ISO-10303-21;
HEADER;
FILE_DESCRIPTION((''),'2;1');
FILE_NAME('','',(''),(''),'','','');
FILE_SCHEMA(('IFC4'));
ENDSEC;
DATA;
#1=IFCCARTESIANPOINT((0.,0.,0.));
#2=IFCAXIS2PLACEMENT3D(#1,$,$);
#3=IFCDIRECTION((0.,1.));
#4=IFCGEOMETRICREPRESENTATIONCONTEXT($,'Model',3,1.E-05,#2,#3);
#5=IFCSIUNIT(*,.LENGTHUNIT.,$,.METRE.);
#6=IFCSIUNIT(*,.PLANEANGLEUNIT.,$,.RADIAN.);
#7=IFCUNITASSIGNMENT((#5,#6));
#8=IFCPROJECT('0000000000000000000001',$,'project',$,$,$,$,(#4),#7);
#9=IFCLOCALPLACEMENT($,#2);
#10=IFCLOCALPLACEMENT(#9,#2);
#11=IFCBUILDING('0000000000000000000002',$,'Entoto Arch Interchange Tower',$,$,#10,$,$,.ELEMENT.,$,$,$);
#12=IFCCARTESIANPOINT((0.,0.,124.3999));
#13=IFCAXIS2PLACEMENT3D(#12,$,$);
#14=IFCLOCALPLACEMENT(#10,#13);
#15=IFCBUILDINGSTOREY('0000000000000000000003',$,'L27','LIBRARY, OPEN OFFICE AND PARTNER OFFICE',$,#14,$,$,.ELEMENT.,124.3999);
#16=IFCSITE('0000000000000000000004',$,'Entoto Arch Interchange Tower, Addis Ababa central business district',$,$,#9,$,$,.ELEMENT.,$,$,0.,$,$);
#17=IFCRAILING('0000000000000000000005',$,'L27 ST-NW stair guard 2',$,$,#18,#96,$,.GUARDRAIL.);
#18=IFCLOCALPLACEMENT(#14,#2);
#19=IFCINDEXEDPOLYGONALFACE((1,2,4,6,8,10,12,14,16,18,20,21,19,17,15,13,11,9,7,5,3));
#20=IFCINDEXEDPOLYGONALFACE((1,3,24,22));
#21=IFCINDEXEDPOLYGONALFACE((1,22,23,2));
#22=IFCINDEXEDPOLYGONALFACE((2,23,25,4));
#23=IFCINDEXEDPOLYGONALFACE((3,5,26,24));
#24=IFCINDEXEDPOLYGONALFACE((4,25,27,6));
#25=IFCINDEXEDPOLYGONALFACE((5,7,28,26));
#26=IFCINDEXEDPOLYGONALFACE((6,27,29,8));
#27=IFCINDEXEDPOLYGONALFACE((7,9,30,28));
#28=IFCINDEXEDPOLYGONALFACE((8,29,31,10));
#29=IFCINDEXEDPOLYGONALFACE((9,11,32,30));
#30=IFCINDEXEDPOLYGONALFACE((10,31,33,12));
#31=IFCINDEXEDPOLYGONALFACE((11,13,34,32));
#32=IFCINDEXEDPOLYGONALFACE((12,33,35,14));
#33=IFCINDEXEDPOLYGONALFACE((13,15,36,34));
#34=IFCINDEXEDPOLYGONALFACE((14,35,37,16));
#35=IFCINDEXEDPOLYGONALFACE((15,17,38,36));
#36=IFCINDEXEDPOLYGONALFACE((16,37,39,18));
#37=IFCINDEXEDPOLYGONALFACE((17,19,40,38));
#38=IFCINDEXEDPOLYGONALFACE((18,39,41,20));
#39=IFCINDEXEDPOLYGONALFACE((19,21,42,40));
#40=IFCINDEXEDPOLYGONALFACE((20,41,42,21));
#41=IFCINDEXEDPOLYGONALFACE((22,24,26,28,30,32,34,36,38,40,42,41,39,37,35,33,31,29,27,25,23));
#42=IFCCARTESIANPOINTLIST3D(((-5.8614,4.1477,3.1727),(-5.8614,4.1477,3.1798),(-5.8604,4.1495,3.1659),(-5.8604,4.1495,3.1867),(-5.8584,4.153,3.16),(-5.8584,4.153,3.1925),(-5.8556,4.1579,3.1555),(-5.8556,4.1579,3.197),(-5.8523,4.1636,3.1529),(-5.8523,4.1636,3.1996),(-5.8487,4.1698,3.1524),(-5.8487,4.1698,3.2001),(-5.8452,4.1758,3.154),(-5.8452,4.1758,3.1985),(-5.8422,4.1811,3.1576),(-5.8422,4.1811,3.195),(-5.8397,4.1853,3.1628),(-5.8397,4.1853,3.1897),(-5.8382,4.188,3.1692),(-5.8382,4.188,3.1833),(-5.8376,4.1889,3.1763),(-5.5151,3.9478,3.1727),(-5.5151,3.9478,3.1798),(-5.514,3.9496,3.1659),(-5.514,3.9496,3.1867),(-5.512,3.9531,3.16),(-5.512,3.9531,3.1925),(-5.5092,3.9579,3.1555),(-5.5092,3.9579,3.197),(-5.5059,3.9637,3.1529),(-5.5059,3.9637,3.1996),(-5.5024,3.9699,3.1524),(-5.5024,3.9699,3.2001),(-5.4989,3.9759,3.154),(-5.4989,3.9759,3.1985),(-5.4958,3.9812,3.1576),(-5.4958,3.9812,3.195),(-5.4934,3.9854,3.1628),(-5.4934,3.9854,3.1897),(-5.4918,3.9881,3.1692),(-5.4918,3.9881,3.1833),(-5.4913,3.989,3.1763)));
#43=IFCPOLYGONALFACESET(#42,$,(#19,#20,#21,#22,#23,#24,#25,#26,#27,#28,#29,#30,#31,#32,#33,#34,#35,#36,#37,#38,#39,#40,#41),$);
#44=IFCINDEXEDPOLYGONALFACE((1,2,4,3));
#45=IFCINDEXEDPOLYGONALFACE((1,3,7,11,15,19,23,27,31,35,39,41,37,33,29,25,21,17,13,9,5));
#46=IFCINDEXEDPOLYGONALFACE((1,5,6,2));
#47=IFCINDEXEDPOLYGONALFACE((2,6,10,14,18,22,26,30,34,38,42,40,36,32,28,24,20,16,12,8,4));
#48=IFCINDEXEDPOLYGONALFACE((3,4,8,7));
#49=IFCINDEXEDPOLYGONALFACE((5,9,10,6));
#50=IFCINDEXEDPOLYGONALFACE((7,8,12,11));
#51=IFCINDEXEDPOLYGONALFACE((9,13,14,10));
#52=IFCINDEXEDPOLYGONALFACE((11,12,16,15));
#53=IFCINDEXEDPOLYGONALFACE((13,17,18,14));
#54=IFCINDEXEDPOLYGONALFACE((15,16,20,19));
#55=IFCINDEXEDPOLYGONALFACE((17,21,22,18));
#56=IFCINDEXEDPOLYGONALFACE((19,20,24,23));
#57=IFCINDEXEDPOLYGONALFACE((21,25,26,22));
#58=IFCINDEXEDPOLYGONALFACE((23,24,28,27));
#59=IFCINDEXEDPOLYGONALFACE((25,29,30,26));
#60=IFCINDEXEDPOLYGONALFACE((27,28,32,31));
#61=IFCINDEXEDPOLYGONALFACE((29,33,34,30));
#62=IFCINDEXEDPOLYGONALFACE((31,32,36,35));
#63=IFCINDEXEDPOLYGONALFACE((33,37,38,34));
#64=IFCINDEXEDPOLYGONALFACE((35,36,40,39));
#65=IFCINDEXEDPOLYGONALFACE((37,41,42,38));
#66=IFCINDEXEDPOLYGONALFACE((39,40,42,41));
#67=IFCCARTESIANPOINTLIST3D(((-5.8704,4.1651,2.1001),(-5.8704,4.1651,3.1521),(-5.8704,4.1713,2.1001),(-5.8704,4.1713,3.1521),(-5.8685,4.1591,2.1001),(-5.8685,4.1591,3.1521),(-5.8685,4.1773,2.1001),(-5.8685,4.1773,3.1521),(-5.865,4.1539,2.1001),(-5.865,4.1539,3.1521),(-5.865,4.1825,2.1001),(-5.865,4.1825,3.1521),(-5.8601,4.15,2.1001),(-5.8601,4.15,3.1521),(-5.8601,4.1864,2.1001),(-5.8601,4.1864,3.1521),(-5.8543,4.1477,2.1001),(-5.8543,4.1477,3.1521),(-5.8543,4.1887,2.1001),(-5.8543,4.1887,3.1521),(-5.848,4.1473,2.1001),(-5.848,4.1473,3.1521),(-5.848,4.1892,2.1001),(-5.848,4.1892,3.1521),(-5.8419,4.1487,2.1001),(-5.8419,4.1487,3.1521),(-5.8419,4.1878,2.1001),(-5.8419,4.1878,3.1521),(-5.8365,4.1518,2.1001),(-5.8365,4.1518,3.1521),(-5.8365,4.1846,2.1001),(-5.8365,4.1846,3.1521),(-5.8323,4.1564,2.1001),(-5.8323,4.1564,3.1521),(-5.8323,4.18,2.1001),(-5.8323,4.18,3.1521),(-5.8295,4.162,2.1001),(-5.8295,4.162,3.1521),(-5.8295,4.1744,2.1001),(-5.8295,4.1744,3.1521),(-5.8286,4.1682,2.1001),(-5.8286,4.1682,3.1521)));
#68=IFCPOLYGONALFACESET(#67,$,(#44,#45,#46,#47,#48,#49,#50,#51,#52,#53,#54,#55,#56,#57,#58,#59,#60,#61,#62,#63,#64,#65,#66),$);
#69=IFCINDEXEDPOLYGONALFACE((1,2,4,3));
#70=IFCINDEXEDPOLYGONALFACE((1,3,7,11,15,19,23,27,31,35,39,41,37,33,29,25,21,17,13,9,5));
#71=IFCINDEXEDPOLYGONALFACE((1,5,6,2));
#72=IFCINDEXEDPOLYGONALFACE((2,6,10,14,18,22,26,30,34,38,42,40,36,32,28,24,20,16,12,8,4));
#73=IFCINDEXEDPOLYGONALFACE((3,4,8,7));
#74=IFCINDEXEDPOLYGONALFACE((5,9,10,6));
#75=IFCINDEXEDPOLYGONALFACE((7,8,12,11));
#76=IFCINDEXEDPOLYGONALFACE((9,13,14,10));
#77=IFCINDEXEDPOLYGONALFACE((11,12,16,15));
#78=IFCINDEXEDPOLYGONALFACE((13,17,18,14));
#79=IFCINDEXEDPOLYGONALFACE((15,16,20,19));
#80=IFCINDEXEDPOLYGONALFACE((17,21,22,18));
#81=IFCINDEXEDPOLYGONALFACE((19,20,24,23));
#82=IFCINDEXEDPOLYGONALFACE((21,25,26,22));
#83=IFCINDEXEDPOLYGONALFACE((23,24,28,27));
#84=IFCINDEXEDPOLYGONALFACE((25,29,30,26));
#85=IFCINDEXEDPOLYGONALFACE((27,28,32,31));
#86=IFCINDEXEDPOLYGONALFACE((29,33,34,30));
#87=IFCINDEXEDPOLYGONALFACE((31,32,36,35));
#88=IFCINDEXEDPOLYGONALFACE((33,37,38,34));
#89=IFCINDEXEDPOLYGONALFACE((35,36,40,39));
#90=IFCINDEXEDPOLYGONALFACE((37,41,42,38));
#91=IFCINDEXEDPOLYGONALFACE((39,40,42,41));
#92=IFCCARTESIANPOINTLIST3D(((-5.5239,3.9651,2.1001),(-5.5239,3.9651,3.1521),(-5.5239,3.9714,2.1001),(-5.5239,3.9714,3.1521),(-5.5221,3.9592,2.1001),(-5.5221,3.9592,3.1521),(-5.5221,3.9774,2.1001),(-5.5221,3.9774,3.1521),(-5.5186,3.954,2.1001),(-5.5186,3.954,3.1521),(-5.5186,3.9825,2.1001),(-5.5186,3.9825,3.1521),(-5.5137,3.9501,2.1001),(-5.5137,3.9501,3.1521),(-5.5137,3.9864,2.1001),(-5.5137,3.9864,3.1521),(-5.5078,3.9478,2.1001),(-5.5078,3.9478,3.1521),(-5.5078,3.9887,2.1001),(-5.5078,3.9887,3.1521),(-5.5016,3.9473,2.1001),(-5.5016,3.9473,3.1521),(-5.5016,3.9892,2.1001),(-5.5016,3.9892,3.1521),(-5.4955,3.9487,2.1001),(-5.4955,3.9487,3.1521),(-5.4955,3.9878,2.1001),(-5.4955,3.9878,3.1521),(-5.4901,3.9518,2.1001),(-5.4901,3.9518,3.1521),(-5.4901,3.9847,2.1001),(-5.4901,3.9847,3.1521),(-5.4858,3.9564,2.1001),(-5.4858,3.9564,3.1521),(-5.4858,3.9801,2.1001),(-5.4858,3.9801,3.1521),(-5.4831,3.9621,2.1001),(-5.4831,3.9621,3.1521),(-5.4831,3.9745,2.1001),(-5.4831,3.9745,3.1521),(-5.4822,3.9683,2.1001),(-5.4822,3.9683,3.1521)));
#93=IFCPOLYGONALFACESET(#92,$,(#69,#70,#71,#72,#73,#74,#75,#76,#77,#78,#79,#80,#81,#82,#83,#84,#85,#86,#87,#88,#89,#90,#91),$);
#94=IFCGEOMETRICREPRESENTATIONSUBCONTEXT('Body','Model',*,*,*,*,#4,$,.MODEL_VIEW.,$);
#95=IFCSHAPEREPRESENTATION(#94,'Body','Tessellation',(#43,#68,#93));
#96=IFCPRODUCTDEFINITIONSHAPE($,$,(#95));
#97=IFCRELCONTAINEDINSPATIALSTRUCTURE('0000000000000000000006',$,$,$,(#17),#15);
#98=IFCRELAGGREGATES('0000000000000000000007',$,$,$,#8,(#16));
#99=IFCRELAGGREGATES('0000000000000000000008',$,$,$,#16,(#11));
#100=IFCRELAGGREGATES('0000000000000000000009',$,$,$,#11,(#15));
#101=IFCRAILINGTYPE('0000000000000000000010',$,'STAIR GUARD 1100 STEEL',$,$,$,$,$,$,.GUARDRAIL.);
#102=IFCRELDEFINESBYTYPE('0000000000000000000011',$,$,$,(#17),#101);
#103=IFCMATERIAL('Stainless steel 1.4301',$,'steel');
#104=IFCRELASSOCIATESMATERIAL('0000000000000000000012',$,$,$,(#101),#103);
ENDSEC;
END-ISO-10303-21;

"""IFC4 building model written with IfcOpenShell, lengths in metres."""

from ifc_helpers import new_model, si_unit, direction, frame, origin, origin_2d, place, context, subcontext, project, spatial, circle, extrude, material, type_object, element, save


model = new_model("IFC4")

# Units and contexts
model_context = context("Model", 3, precision=1e-05, world=origin(), true_north=direction((0.0, 1.0)))
body_context = subcontext(model_context, "Body", "Model", "MODEL_VIEW")
ifc_project = project(units=[si_unit("LENGTHUNIT", "METRE"), si_unit("PLANEANGLEUNIT", "RADIAN")], contexts=[model_context])

# Site, building, storey
site_placement = place(None, origin())
site = spatial("IfcSite", under=ifc_project, at=site_placement, Name="Entoto Arch Interchange Tower, Addis Ababa central business district", CompositionType="ELEMENT", RefElevation=0.0)
building_placement = place(site_placement, origin())
building = spatial("IfcBuilding", under=site, at=building_placement, Name="Entoto Arch Interchange Tower", CompositionType="ELEMENT")
storey_placement = place(building_placement, frame((0.0, 0.0, 124.3999)))
storey = spatial("IfcBuildingStorey", under=building, at=storey_placement, Name="L27", Description="LIBRARY, OPEN OFFICE AND PARTNER OFFICE", CompositionType="ELEMENT", Elevation=124.3999)

# Railing
ifc_material_1 = material(Name="Stainless steel 1.4301", Category="steel")
railing_type = type_object("IfcRailingType", Name="STAIR GUARD 1100 STEEL", PredefinedType="GUARDRAIL", material=ifc_material_1)
railing_1_placement = place(storey_placement, frame((-5.8496, 4.1682, 2.1001)))
element("IfcRailing", 1, at=railing_1_placement, inside=storey, type_object=railing_type, Name="L27 ST-NW stair guard 2", PredefinedType="GUARDRAIL", context=body_context, shape_type="SweptSolid", body=[
    extrude(circle(Radius=0.0239, at=origin_2d()), frame((0.0, 0.0, 1.0762), z_axis=(0.866094, -0.499881, 0.0), x_axis=(0.499881, 0.866094, 0.0)), (0.0, 0.0, 1.0), 0.3999),
    extrude(circle(Radius=0.021, at=origin_2d()), origin(), (0.0, 0.0, 1.0), 1.052),
    extrude(circle(Radius=0.021, at=origin_2d()), frame((0.3464, -0.2, 0.0)), (0.0, 0.0, 1.0), 1.052),
])

save(model, "model.ifc")
